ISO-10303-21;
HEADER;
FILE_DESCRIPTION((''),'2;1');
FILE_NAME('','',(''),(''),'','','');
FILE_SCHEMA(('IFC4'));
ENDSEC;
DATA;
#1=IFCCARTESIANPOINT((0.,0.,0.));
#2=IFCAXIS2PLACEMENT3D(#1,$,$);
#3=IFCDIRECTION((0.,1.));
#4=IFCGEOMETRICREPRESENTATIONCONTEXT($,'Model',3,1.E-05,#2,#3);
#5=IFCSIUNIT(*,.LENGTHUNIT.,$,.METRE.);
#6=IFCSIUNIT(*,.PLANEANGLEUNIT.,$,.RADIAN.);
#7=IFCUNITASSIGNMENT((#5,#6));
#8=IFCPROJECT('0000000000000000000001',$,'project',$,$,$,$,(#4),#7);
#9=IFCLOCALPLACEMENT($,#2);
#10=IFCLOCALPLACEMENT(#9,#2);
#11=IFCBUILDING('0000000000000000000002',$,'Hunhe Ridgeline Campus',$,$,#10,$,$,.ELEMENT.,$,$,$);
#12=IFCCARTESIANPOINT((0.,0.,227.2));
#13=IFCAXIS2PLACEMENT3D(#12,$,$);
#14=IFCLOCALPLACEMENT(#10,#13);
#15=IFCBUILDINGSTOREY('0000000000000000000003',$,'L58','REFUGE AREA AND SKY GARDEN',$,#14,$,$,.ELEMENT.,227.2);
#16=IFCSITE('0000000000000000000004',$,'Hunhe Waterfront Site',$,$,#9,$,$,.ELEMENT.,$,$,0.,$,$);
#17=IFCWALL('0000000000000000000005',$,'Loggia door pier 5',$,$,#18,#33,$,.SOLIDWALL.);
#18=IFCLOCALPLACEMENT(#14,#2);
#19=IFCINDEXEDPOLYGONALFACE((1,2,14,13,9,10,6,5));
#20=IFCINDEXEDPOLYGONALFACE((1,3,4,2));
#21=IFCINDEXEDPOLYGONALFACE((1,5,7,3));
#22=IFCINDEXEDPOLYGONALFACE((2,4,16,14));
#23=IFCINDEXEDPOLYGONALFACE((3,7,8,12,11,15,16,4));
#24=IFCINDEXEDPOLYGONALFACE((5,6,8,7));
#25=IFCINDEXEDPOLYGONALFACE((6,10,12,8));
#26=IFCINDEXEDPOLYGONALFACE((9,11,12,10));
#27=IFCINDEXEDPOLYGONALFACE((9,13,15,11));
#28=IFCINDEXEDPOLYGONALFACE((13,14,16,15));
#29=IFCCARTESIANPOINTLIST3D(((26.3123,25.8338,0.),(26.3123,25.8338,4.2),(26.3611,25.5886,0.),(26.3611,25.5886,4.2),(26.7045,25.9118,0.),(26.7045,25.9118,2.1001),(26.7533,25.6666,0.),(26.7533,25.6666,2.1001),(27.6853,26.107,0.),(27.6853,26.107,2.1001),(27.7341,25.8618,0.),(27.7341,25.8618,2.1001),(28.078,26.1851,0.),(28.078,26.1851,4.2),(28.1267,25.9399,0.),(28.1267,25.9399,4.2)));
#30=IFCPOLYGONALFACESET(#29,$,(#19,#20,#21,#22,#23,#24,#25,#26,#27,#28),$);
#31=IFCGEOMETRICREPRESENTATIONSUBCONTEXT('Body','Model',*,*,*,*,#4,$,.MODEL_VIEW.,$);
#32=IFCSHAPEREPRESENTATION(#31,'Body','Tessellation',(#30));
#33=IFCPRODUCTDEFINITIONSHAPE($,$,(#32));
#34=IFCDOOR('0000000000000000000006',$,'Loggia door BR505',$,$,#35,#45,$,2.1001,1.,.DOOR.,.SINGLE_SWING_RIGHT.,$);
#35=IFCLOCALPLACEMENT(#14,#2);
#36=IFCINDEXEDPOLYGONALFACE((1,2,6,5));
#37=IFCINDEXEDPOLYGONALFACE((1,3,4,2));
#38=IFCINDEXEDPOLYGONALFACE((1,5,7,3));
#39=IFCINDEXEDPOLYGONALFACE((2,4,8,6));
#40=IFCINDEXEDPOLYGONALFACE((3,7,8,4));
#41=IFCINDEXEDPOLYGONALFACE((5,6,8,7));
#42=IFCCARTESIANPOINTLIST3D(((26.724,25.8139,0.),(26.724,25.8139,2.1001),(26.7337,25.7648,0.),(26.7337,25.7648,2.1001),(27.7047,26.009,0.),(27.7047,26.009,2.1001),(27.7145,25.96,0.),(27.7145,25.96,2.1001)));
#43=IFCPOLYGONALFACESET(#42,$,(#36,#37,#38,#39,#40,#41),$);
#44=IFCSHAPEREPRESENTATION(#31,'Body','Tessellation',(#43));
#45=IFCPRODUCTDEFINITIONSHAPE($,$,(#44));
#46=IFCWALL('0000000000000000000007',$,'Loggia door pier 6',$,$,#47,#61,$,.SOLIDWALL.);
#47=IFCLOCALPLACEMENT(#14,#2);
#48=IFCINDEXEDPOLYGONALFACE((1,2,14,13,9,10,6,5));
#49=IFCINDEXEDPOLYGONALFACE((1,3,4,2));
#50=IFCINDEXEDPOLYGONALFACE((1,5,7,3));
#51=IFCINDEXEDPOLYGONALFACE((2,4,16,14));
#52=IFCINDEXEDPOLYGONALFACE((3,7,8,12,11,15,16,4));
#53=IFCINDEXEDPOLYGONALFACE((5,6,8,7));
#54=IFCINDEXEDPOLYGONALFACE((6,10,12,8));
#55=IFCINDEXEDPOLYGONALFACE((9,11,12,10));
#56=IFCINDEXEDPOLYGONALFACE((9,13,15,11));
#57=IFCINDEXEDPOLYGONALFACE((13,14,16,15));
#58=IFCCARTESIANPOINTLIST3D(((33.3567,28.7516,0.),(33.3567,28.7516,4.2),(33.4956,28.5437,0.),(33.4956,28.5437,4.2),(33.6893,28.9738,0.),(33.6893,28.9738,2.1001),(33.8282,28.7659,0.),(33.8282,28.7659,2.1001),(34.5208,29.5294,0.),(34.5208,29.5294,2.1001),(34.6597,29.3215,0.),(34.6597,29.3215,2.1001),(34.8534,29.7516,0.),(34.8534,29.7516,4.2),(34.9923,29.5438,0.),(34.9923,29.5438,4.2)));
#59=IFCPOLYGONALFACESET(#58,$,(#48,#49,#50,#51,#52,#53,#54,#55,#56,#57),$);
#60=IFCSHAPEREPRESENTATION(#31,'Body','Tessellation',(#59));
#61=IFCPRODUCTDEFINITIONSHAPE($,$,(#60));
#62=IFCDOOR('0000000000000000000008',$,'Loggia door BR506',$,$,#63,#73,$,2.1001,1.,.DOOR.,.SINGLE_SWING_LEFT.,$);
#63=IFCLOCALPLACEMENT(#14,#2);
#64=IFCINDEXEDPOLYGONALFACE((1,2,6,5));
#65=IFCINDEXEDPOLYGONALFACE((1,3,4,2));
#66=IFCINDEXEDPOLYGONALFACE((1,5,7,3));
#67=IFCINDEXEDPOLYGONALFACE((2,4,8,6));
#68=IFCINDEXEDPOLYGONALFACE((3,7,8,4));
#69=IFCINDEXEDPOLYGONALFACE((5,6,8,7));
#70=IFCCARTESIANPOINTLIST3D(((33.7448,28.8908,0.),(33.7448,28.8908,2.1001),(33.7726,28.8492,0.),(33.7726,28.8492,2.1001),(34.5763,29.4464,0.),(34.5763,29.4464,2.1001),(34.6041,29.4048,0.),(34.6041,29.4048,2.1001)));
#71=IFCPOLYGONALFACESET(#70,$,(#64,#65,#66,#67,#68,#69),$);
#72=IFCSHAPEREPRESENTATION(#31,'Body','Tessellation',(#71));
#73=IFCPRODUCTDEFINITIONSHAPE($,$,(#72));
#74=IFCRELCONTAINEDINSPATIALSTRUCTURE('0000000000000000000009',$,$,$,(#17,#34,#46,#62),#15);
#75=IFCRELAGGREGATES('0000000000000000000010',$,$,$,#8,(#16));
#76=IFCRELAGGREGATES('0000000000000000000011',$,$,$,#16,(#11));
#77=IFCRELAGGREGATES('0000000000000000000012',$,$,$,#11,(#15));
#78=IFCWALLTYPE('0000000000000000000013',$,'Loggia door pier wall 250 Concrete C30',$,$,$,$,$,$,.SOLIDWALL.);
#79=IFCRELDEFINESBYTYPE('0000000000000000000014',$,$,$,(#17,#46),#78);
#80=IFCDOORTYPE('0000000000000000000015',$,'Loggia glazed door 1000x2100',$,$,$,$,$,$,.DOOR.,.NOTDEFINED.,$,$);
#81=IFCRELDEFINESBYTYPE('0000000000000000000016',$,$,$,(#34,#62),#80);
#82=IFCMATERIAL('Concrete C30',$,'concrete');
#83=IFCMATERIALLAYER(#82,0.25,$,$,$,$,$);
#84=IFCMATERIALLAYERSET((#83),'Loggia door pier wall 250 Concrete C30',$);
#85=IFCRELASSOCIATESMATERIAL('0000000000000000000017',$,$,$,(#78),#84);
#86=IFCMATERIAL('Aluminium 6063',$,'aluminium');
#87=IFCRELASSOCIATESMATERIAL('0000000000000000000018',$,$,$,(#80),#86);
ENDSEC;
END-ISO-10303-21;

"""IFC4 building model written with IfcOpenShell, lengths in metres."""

from ifc_helpers import new_model, si_unit, direction, frame, frame_2d, origin, place, context, subcontext, project, spatial, rectangle, extrude, material, layer, layer_set, type_object, element, fill, save


model = new_model("IFC4")

# Units and contexts
model_context = context("Model", 3, precision=1e-05, world=origin(), true_north=direction((0.0, 1.0)))
body_context = subcontext(model_context, "Body", "Model", "MODEL_VIEW")
ifc_project = project(units=[si_unit("LENGTHUNIT", "METRE"), si_unit("PLANEANGLEUNIT", "RADIAN")], contexts=[model_context])

# Site, building, storey
site_placement = place(None, origin())
site = spatial("IfcSite", under=ifc_project, at=site_placement, Name="Hunhe Waterfront Site", CompositionType="ELEMENT", RefElevation=0.0)
building_placement = place(site_placement, origin())
building = spatial("IfcBuilding", under=site, at=building_placement, Name="Hunhe Ridgeline Campus", CompositionType="ELEMENT")
storey_placement = place(building_placement, frame((0.0, 0.0, 227.2)))
storey = spatial("IfcBuildingStorey", under=building, at=storey_placement, Name="L58", Description="REFUGE AREA AND SKY GARDEN", CompositionType="ELEMENT", Elevation=227.2)

# Shared definitions
ifc_material_1 = material(Name="Aluminium 6063", Category="aluminium")

# Walls, openings, doors
ifc_material_2 = material(Name="Concrete C30", Category="concrete")
ifc_layer_1 = layer(ifc_material_2, 0.25)
ifc_layer_set_1 = layer_set([ifc_layer_1], Name="Loggia door pier wall 250 Concrete C30")
wall_type_1 = type_object("IfcWallType", Name="Loggia door pier wall 250 Concrete C30", PredefinedType="SOLIDWALL", material=ifc_layer_set_1)
wall_1_placement = place(storey_placement, frame((26.3367, 25.7112, 0.0), z_axis=(0.0, 0.0, 1.0), x_axis=(0.980773, 0.195151, 0.0)))
wall_1 = element("IfcWall", 1, at=wall_1_placement, inside=storey, type_object=wall_type_1, Name="Loggia door pier 5", PredefinedType="SOLIDWALL", context=body_context, shape_type="SweptSolid", body=[
    extrude(rectangle(XDim=1.8003, YDim=0.25, at=frame_2d((0.9001, 0.0))), origin(), (0.0, 0.0, 1.0), 4.2),
])
opening_1_placement = place(wall_1_placement, frame((0.3999, 0.0, 0.0)))
opening_1 = element("IfcOpeningElement", 2, at=opening_1_placement, cuts=wall_1, PredefinedType="OPENING", context=body_context, shape_type="SweptSolid", body=[
    extrude(rectangle(XDim=1.0, YDim=2.1001, at=frame_2d((0.5, 1.05))), frame((0.0, 0.125, 0.0), z_axis=(0.0, -1.0, 0.0), x_axis=(1.0, 0.0, 0.0)), (0.0, 0.0, 1.0), 0.25),
])
door_type = type_object("IfcDoorType", Name="Loggia glazed door 1000x2100", OperationType="NOTDEFINED", PredefinedType="DOOR", material=ifc_material_1)
door_1_placement = place(opening_1_placement, frame((1.0, 0.0, 0.0), z_axis=(0.0, 0.0, 1.0), x_axis=(-1.0, 0.0, 0.0)))
door_1 = element("IfcDoor", 3, at=door_1_placement, inside=storey, type_object=door_type, Name="Loggia door BR505", OperationType="SINGLE_SWING_RIGHT", OverallHeight=2.1001, OverallWidth=1.0, PredefinedType="DOOR", context=body_context, shape_type="SweptSolid", body=[
    extrude(rectangle(XDim=1.0, YDim=2.1001, at=frame_2d((0.5, 1.05))), frame((0.0, 0.0249, 0.0), z_axis=(0.0, -1.0, 0.0), x_axis=(1.0, 0.0, 0.0)), (0.0, 0.0, 1.0), 0.05),
])
fill(opening_1, door_1)
wall_2_placement = place(storey_placement, frame((33.4263, 28.6477, 0.0), z_axis=(0.0, 0.0, 1.0), x_axis=(0.831466, 0.555576, 0.0)))
wall_2 = element("IfcWall", 4, at=wall_2_placement, inside=storey, type_object=wall_type_1, Name="Loggia door pier 6", PredefinedType="SOLIDWALL", context=body_context, shape_type="SweptSolid", body=[
    extrude(rectangle(XDim=1.8, YDim=0.25, at=frame_2d((0.8999, 0.0))), origin(), (0.0, 0.0, 1.0), 4.2),
])
opening_2_placement = place(wall_2_placement, frame((0.3999, 0.0, 0.0)))
opening_2 = element("IfcOpeningElement", 5, at=opening_2_placement, cuts=wall_2, PredefinedType="OPENING", context=body_context, shape_type="SweptSolid", body=[
    extrude(rectangle(XDim=1.0, YDim=2.1001, at=frame_2d((0.5, 1.05))), frame((0.0, 0.125, 0.0), z_axis=(0.0, -1.0, 0.0), x_axis=(1.0, 0.0, 0.0)), (0.0, 0.0, 1.0), 0.25),
])
door_2_placement = place(opening_2_placement, frame((1.0, 0.0, 0.0), z_axis=(0.0, 0.0, 1.0), x_axis=(-1.0, 0.0, 0.0)))
door_2 = element("IfcDoor", 6, at=door_2_placement, inside=storey, type_object=door_type, Name="Loggia door BR506", OperationType="SINGLE_SWING_LEFT", OverallHeight=2.1001, OverallWidth=1.0, PredefinedType="DOOR", context=body_context, shape_type="SweptSolid", body=[
    extrude(rectangle(XDim=1.0, YDim=2.1001, at=frame_2d((0.5, 1.05))), frame((0.0, 0.0249, 0.0), z_axis=(0.0, -1.0, 0.0), x_axis=(1.0, 0.0, 0.0)), (0.0, 0.0, 1.0), 0.05),
])
fill(opening_2, door_2)

save(model, "model.ifc")
